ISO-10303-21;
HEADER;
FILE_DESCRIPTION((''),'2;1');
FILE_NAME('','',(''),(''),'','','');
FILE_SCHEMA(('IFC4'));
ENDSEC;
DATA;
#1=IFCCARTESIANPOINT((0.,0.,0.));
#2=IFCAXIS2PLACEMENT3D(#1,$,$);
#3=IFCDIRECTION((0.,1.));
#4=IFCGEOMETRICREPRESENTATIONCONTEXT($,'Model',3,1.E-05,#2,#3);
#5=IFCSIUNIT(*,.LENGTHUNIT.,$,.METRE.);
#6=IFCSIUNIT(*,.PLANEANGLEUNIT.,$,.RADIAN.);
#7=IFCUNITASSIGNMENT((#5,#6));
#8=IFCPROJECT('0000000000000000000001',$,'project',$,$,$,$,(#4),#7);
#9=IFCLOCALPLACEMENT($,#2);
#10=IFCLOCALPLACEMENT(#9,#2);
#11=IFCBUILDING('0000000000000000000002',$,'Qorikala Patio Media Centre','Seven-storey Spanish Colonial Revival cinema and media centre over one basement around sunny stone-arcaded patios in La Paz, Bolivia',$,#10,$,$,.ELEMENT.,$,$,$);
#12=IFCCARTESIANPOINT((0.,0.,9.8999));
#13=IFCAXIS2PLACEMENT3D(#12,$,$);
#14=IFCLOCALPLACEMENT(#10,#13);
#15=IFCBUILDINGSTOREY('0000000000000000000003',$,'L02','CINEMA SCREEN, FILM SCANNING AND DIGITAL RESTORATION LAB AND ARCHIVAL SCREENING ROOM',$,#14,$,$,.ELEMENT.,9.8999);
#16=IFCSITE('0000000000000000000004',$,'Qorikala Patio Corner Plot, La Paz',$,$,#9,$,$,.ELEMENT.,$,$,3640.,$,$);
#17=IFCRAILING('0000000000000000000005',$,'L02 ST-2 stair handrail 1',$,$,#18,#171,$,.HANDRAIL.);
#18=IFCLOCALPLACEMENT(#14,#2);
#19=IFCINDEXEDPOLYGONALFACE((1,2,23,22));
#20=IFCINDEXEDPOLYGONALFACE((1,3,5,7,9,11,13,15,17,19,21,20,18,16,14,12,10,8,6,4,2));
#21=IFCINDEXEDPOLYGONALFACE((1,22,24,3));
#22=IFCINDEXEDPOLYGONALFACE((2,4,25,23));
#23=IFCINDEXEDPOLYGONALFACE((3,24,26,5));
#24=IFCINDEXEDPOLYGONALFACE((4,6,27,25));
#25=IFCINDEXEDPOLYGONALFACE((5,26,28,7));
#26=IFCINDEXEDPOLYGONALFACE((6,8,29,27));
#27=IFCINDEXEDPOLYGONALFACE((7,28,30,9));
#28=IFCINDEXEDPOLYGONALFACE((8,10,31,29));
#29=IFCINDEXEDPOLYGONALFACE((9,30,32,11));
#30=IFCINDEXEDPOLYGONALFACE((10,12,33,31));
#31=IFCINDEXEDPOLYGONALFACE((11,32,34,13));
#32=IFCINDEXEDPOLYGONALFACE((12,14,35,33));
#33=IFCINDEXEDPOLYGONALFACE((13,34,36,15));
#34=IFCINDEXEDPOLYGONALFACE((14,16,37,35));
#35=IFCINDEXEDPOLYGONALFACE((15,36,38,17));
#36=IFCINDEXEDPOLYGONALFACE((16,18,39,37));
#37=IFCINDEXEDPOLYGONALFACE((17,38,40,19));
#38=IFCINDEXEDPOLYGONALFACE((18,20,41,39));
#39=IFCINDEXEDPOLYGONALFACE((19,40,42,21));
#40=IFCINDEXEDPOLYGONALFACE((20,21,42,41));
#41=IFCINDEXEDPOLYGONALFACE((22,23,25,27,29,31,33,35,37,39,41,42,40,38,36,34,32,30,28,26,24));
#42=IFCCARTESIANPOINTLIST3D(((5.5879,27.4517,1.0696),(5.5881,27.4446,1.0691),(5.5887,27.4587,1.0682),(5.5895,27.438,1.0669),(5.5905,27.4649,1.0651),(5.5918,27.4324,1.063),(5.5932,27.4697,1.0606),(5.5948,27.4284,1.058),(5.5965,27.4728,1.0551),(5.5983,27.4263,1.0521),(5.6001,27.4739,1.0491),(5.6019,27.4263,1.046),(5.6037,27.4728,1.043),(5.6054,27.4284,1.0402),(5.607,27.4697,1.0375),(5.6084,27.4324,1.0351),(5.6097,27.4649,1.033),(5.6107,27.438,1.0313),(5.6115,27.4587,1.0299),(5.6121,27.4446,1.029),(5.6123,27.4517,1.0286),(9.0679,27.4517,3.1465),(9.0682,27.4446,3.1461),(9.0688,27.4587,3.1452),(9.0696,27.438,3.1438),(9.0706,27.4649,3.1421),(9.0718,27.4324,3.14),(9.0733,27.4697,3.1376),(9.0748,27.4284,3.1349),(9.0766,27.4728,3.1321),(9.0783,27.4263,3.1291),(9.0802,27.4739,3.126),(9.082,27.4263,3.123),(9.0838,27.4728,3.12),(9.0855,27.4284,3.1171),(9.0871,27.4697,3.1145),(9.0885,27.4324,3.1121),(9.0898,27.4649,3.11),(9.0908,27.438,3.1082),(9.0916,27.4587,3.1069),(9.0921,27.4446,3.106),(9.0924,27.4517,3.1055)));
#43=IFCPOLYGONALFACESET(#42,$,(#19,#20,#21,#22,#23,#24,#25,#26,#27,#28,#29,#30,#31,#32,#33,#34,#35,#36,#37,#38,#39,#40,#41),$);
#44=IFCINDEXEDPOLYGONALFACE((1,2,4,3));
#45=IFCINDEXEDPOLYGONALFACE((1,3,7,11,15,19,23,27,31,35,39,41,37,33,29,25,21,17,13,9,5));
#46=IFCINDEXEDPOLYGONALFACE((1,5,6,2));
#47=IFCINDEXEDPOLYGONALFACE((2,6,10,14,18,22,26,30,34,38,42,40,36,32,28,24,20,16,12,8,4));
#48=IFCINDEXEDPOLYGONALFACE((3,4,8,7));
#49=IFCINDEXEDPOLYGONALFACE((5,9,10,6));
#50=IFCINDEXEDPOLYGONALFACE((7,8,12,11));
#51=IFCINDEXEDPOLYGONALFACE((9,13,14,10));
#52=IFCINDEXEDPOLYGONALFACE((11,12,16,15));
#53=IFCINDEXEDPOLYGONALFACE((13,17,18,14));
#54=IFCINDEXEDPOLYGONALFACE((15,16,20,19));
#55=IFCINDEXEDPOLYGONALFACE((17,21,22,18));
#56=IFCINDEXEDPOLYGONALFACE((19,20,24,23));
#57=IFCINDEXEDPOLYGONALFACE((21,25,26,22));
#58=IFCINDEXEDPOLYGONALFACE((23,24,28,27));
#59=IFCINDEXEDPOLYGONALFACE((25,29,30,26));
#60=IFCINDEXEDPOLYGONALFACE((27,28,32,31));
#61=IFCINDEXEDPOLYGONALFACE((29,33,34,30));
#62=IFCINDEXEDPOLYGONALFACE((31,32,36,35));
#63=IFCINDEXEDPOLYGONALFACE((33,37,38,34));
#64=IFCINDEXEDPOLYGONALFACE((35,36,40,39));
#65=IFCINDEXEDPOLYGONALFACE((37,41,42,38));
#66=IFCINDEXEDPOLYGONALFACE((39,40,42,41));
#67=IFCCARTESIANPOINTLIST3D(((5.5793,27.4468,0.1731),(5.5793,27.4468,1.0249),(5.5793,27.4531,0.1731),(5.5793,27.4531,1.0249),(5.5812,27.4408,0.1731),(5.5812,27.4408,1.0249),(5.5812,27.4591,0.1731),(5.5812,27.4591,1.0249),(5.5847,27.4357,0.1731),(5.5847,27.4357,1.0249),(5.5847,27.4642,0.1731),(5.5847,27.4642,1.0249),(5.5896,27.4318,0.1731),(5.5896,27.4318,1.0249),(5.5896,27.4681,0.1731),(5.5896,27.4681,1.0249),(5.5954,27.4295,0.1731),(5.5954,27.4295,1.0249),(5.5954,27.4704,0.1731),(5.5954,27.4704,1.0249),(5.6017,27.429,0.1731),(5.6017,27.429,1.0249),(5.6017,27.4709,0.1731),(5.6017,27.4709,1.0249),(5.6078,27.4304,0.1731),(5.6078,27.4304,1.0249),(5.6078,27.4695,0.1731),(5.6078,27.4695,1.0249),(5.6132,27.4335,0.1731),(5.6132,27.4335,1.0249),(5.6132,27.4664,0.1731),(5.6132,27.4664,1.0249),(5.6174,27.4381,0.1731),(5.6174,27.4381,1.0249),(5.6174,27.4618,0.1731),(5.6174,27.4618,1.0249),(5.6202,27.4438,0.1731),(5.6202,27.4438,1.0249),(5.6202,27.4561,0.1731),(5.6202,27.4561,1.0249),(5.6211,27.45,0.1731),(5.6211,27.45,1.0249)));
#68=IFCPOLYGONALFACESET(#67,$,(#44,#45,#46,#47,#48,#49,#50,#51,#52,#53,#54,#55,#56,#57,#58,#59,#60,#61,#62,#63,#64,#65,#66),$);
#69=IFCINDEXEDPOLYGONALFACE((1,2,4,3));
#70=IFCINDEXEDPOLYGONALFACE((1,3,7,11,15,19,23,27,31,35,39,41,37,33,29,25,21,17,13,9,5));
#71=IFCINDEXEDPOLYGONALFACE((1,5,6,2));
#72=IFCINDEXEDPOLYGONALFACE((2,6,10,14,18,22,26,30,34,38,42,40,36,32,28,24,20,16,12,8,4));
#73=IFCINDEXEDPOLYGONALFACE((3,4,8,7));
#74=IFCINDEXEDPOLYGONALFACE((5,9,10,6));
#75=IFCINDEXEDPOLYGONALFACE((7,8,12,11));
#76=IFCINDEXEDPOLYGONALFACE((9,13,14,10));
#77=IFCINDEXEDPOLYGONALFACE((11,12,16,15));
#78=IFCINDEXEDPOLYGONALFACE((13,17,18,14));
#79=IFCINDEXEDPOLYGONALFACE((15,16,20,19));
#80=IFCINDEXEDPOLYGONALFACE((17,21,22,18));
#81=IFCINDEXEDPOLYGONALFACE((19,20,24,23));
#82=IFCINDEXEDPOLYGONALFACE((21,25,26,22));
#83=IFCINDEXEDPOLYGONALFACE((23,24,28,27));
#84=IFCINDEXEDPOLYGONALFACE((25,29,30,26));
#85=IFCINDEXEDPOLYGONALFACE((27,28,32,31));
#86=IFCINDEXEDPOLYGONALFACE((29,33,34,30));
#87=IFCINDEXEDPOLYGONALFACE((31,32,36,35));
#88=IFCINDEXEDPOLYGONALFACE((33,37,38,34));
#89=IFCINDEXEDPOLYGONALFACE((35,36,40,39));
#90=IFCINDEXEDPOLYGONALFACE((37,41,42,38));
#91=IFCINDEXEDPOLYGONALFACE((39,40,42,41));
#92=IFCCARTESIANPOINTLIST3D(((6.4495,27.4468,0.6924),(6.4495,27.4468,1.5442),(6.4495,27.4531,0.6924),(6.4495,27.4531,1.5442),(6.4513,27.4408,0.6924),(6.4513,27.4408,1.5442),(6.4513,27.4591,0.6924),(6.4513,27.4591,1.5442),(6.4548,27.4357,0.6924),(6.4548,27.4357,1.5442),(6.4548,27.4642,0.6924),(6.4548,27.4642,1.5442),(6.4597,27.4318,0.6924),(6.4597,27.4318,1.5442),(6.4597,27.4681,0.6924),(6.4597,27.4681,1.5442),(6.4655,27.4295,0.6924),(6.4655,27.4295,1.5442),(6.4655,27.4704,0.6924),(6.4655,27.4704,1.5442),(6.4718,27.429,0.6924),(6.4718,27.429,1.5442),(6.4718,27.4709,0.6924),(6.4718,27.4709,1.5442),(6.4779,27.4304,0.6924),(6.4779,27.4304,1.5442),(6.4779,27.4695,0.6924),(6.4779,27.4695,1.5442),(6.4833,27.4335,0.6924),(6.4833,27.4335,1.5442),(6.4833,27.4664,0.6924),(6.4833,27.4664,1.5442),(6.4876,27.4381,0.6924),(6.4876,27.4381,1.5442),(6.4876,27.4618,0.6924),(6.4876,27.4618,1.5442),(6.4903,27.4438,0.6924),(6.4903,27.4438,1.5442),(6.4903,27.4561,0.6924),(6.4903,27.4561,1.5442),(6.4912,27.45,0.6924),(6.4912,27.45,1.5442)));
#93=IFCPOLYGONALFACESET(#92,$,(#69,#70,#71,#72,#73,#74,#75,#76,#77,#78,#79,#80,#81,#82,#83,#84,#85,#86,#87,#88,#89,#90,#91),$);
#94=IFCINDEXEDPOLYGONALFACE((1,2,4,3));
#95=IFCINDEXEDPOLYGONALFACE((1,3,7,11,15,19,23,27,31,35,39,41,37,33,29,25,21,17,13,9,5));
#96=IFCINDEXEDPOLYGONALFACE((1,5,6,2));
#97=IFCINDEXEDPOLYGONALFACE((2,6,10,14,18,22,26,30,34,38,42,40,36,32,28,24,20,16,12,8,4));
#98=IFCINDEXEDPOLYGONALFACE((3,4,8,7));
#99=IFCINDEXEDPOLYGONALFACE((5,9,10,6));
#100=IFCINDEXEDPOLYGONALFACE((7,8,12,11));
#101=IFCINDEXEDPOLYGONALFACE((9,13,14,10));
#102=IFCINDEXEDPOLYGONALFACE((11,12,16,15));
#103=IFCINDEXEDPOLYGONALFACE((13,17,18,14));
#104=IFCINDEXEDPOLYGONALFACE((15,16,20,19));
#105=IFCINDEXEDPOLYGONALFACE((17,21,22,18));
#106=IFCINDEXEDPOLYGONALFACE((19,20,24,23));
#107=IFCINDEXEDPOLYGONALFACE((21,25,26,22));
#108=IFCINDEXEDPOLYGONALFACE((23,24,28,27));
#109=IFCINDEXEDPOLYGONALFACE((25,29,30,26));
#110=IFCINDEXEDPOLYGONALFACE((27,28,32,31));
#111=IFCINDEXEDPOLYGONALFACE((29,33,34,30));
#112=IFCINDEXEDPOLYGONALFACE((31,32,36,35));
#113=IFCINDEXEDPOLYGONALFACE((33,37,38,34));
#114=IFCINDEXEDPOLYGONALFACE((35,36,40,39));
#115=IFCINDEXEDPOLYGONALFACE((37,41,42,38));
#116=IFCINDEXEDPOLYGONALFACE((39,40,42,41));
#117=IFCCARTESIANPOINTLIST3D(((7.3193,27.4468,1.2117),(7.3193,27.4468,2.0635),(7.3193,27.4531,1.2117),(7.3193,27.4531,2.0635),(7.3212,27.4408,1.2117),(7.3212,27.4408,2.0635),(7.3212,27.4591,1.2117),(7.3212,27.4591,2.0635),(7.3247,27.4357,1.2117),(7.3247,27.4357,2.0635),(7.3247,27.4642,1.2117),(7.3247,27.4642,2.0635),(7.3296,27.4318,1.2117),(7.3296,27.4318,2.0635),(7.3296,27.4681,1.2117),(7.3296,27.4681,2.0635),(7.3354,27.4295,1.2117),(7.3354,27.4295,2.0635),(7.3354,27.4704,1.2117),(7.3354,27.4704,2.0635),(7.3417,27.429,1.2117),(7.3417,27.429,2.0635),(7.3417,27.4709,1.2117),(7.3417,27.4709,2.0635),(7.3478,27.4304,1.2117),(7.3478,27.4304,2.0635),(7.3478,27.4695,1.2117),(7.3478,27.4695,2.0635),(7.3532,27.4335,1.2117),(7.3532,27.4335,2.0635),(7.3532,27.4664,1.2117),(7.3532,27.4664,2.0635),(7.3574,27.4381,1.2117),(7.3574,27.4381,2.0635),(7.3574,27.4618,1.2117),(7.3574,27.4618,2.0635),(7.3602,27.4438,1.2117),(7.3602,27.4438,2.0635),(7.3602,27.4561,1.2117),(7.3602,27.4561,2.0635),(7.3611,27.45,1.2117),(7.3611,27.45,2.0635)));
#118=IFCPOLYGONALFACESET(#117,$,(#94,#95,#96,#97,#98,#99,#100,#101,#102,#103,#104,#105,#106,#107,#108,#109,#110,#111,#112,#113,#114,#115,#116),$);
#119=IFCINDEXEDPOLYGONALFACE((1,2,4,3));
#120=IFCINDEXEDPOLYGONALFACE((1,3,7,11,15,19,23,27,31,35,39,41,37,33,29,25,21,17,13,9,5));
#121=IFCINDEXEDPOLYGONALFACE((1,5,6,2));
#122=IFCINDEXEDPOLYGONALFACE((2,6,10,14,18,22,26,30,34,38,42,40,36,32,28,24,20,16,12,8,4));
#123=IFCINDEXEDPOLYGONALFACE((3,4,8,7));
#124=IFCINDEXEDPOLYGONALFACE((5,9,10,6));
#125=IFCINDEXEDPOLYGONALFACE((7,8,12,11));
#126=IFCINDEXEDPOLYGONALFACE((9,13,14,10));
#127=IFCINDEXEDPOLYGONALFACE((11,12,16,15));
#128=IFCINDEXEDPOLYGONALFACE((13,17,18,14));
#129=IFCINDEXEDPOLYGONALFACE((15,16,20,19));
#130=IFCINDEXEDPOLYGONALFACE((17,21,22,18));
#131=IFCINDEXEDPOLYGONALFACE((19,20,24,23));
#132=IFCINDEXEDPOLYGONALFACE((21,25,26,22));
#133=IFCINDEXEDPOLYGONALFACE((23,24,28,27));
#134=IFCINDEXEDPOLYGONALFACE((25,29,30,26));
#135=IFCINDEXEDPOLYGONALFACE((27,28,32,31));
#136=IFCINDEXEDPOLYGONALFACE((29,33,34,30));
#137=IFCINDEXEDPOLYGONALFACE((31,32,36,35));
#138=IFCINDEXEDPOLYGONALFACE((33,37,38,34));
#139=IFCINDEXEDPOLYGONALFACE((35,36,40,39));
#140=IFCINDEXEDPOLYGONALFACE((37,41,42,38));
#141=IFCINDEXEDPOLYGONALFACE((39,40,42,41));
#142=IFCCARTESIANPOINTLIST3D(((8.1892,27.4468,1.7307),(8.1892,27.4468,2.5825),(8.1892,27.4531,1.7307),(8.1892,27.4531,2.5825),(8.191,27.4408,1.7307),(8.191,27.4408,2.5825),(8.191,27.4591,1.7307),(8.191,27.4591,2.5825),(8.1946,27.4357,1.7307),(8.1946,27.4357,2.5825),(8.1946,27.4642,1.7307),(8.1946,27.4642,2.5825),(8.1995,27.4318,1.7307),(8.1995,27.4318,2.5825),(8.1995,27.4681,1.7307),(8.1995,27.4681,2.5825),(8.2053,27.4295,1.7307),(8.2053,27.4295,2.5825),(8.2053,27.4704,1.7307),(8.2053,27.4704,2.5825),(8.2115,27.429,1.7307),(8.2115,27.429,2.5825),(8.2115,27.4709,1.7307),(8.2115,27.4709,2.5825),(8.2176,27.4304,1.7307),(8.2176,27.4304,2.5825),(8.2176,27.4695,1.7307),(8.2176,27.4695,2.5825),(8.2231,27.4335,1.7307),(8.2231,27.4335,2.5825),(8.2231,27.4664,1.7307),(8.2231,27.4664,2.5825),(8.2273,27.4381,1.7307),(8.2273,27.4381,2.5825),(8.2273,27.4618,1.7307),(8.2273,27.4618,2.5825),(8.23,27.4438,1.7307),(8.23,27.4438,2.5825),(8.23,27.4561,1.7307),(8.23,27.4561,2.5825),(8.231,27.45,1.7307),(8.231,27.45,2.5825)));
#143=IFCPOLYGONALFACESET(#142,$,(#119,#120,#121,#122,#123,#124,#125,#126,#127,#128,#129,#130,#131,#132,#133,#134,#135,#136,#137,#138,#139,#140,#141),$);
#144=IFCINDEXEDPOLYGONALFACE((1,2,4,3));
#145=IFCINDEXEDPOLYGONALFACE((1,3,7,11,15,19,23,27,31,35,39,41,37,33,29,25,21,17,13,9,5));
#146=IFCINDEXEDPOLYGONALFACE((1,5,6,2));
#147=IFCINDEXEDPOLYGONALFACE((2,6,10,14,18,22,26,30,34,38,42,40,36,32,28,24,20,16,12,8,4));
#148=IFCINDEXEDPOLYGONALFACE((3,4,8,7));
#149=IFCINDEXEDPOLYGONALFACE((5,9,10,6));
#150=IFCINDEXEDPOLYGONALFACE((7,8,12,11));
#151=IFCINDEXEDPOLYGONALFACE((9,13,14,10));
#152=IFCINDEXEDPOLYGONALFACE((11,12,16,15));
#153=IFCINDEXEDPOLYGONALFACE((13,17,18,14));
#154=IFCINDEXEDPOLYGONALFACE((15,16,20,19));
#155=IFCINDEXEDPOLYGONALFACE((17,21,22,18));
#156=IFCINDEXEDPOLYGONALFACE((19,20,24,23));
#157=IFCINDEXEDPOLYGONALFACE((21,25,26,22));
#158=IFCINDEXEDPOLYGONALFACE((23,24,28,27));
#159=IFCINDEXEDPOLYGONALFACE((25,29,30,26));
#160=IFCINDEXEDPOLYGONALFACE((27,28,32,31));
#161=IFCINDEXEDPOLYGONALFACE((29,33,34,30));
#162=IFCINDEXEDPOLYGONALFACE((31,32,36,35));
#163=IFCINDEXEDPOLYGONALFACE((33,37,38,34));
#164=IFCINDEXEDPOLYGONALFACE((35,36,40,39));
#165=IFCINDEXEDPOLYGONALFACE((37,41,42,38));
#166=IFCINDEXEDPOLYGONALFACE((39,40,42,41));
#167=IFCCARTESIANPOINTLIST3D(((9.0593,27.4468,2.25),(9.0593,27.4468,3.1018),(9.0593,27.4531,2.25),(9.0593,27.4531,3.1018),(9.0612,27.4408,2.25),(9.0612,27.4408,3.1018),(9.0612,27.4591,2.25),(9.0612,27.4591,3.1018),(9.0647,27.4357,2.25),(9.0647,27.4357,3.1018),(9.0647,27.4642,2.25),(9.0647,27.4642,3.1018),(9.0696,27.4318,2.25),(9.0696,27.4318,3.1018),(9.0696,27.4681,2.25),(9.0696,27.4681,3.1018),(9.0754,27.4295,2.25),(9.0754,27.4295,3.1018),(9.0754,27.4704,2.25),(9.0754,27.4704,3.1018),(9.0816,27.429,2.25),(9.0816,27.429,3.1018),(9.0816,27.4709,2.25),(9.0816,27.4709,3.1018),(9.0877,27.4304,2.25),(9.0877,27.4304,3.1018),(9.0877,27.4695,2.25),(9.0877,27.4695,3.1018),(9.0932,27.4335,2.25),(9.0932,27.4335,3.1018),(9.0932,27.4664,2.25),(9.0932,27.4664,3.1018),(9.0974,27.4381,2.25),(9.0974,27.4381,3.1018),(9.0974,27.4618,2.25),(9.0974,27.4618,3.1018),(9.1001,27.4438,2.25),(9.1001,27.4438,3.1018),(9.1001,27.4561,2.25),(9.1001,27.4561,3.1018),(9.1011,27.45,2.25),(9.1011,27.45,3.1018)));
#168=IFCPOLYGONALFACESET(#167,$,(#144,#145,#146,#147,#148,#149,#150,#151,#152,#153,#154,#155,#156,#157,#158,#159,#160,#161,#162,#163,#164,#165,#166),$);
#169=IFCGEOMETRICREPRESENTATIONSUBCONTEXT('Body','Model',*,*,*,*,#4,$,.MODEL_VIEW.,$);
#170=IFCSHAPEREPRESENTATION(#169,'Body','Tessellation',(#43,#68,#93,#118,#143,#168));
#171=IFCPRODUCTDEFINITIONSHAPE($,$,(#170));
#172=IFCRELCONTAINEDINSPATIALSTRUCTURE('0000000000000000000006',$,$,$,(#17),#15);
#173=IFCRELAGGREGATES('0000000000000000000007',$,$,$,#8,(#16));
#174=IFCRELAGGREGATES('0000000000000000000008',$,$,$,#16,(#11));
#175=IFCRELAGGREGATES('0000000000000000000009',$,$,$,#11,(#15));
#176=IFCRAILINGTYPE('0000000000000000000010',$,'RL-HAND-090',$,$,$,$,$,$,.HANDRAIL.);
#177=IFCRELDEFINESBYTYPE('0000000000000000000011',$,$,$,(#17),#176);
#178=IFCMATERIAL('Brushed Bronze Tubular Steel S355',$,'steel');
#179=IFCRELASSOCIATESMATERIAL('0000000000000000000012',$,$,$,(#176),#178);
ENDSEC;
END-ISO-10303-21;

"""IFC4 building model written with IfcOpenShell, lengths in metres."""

from ifc_helpers import new_model, si_unit, direction, frame, origin, origin_2d, place, context, subcontext, project, spatial, circle, extrude, material, type_object, element, save


model = new_model("IFC4")

# Units and contexts
model_context = context("Model", 3, precision=1e-05, world=origin(), true_north=direction((0.0, 1.0)))
body_context = subcontext(model_context, "Body", "Model", "MODEL_VIEW")
ifc_project = project(units=[si_unit("LENGTHUNIT", "METRE"), si_unit("PLANEANGLEUNIT", "RADIAN")], contexts=[model_context])

# Site, building, storey
site_placement = place(None, origin())
site = spatial("IfcSite", under=ifc_project, at=site_placement, Name="Qorikala Patio Corner Plot, La Paz", CompositionType="ELEMENT", RefElevation=3640.0)
building_placement = place(site_placement, origin())
building = spatial("IfcBuilding", under=site, at=building_placement, Name="Qorikala Patio Media Centre", Description="Seven-storey Spanish Colonial Revival cinema and media centre over one basement around sunny stone-arcaded patios in La Paz, Bolivia", CompositionType="ELEMENT")
storey_placement = place(building_placement, frame((0.0, 0.0, 9.8999)))
storey = spatial("IfcBuildingStorey", under=building, at=storey_placement, Name="L02", Description="CINEMA SCREEN, FILM SCANNING AND DIGITAL RESTORATION LAB AND ARCHIVAL SCREENING ROOM", CompositionType="ELEMENT", Elevation=9.8999)

# Railing
ifc_material_1 = material(Name="Brushed Bronze Tubular Steel S355", Category="steel")
railing_type_1 = type_object("IfcRailingType", Name="RL-HAND-090", PredefinedType="HANDRAIL", material=ifc_material_1)
railing_1_placement = place(storey_placement, frame((5.6001, 27.45, 0.1731)))
element("IfcRailing", 1, at=railing_1_placement, inside=storey, type_object=railing_type_1, Name="L02 ST-2 stair handrail 1", PredefinedType="HANDRAIL", context=body_context, shape_type="SweptSolid", body=[
    extrude(circle(Radius=0.0239, at=origin_2d()), frame((0.0, 0.0, 0.876), z_axis=(0.858697, 0.0, 0.512483), x_axis=(0.0, 1.0, 0.0)), (0.0, 0.0, 1.0), 4.0527),
    extrude(circle(Radius=0.021, at=origin_2d()), origin(), (0.0, 0.0, 1.0), 0.8518),
    extrude(circle(Radius=0.021, at=origin_2d()), frame((0.8701, 0.0, 0.5193)), (0.0, 0.0, 1.0), 0.8518),
    extrude(circle(Radius=0.021, at=origin_2d()), frame((1.74, 0.0, 1.0386)), (0.0, 0.0, 1.0), 0.8518),
    extrude(circle(Radius=0.021, at=origin_2d()), frame((2.6099, 0.0, 1.5576)), (0.0, 0.0, 1.0), 0.8518),
    extrude(circle(Radius=0.021, at=origin_2d()), frame((3.48, 0.0, 2.0769)), (0.0, 0.0, 1.0), 0.8518),
])

save(model, "model.ifc")
